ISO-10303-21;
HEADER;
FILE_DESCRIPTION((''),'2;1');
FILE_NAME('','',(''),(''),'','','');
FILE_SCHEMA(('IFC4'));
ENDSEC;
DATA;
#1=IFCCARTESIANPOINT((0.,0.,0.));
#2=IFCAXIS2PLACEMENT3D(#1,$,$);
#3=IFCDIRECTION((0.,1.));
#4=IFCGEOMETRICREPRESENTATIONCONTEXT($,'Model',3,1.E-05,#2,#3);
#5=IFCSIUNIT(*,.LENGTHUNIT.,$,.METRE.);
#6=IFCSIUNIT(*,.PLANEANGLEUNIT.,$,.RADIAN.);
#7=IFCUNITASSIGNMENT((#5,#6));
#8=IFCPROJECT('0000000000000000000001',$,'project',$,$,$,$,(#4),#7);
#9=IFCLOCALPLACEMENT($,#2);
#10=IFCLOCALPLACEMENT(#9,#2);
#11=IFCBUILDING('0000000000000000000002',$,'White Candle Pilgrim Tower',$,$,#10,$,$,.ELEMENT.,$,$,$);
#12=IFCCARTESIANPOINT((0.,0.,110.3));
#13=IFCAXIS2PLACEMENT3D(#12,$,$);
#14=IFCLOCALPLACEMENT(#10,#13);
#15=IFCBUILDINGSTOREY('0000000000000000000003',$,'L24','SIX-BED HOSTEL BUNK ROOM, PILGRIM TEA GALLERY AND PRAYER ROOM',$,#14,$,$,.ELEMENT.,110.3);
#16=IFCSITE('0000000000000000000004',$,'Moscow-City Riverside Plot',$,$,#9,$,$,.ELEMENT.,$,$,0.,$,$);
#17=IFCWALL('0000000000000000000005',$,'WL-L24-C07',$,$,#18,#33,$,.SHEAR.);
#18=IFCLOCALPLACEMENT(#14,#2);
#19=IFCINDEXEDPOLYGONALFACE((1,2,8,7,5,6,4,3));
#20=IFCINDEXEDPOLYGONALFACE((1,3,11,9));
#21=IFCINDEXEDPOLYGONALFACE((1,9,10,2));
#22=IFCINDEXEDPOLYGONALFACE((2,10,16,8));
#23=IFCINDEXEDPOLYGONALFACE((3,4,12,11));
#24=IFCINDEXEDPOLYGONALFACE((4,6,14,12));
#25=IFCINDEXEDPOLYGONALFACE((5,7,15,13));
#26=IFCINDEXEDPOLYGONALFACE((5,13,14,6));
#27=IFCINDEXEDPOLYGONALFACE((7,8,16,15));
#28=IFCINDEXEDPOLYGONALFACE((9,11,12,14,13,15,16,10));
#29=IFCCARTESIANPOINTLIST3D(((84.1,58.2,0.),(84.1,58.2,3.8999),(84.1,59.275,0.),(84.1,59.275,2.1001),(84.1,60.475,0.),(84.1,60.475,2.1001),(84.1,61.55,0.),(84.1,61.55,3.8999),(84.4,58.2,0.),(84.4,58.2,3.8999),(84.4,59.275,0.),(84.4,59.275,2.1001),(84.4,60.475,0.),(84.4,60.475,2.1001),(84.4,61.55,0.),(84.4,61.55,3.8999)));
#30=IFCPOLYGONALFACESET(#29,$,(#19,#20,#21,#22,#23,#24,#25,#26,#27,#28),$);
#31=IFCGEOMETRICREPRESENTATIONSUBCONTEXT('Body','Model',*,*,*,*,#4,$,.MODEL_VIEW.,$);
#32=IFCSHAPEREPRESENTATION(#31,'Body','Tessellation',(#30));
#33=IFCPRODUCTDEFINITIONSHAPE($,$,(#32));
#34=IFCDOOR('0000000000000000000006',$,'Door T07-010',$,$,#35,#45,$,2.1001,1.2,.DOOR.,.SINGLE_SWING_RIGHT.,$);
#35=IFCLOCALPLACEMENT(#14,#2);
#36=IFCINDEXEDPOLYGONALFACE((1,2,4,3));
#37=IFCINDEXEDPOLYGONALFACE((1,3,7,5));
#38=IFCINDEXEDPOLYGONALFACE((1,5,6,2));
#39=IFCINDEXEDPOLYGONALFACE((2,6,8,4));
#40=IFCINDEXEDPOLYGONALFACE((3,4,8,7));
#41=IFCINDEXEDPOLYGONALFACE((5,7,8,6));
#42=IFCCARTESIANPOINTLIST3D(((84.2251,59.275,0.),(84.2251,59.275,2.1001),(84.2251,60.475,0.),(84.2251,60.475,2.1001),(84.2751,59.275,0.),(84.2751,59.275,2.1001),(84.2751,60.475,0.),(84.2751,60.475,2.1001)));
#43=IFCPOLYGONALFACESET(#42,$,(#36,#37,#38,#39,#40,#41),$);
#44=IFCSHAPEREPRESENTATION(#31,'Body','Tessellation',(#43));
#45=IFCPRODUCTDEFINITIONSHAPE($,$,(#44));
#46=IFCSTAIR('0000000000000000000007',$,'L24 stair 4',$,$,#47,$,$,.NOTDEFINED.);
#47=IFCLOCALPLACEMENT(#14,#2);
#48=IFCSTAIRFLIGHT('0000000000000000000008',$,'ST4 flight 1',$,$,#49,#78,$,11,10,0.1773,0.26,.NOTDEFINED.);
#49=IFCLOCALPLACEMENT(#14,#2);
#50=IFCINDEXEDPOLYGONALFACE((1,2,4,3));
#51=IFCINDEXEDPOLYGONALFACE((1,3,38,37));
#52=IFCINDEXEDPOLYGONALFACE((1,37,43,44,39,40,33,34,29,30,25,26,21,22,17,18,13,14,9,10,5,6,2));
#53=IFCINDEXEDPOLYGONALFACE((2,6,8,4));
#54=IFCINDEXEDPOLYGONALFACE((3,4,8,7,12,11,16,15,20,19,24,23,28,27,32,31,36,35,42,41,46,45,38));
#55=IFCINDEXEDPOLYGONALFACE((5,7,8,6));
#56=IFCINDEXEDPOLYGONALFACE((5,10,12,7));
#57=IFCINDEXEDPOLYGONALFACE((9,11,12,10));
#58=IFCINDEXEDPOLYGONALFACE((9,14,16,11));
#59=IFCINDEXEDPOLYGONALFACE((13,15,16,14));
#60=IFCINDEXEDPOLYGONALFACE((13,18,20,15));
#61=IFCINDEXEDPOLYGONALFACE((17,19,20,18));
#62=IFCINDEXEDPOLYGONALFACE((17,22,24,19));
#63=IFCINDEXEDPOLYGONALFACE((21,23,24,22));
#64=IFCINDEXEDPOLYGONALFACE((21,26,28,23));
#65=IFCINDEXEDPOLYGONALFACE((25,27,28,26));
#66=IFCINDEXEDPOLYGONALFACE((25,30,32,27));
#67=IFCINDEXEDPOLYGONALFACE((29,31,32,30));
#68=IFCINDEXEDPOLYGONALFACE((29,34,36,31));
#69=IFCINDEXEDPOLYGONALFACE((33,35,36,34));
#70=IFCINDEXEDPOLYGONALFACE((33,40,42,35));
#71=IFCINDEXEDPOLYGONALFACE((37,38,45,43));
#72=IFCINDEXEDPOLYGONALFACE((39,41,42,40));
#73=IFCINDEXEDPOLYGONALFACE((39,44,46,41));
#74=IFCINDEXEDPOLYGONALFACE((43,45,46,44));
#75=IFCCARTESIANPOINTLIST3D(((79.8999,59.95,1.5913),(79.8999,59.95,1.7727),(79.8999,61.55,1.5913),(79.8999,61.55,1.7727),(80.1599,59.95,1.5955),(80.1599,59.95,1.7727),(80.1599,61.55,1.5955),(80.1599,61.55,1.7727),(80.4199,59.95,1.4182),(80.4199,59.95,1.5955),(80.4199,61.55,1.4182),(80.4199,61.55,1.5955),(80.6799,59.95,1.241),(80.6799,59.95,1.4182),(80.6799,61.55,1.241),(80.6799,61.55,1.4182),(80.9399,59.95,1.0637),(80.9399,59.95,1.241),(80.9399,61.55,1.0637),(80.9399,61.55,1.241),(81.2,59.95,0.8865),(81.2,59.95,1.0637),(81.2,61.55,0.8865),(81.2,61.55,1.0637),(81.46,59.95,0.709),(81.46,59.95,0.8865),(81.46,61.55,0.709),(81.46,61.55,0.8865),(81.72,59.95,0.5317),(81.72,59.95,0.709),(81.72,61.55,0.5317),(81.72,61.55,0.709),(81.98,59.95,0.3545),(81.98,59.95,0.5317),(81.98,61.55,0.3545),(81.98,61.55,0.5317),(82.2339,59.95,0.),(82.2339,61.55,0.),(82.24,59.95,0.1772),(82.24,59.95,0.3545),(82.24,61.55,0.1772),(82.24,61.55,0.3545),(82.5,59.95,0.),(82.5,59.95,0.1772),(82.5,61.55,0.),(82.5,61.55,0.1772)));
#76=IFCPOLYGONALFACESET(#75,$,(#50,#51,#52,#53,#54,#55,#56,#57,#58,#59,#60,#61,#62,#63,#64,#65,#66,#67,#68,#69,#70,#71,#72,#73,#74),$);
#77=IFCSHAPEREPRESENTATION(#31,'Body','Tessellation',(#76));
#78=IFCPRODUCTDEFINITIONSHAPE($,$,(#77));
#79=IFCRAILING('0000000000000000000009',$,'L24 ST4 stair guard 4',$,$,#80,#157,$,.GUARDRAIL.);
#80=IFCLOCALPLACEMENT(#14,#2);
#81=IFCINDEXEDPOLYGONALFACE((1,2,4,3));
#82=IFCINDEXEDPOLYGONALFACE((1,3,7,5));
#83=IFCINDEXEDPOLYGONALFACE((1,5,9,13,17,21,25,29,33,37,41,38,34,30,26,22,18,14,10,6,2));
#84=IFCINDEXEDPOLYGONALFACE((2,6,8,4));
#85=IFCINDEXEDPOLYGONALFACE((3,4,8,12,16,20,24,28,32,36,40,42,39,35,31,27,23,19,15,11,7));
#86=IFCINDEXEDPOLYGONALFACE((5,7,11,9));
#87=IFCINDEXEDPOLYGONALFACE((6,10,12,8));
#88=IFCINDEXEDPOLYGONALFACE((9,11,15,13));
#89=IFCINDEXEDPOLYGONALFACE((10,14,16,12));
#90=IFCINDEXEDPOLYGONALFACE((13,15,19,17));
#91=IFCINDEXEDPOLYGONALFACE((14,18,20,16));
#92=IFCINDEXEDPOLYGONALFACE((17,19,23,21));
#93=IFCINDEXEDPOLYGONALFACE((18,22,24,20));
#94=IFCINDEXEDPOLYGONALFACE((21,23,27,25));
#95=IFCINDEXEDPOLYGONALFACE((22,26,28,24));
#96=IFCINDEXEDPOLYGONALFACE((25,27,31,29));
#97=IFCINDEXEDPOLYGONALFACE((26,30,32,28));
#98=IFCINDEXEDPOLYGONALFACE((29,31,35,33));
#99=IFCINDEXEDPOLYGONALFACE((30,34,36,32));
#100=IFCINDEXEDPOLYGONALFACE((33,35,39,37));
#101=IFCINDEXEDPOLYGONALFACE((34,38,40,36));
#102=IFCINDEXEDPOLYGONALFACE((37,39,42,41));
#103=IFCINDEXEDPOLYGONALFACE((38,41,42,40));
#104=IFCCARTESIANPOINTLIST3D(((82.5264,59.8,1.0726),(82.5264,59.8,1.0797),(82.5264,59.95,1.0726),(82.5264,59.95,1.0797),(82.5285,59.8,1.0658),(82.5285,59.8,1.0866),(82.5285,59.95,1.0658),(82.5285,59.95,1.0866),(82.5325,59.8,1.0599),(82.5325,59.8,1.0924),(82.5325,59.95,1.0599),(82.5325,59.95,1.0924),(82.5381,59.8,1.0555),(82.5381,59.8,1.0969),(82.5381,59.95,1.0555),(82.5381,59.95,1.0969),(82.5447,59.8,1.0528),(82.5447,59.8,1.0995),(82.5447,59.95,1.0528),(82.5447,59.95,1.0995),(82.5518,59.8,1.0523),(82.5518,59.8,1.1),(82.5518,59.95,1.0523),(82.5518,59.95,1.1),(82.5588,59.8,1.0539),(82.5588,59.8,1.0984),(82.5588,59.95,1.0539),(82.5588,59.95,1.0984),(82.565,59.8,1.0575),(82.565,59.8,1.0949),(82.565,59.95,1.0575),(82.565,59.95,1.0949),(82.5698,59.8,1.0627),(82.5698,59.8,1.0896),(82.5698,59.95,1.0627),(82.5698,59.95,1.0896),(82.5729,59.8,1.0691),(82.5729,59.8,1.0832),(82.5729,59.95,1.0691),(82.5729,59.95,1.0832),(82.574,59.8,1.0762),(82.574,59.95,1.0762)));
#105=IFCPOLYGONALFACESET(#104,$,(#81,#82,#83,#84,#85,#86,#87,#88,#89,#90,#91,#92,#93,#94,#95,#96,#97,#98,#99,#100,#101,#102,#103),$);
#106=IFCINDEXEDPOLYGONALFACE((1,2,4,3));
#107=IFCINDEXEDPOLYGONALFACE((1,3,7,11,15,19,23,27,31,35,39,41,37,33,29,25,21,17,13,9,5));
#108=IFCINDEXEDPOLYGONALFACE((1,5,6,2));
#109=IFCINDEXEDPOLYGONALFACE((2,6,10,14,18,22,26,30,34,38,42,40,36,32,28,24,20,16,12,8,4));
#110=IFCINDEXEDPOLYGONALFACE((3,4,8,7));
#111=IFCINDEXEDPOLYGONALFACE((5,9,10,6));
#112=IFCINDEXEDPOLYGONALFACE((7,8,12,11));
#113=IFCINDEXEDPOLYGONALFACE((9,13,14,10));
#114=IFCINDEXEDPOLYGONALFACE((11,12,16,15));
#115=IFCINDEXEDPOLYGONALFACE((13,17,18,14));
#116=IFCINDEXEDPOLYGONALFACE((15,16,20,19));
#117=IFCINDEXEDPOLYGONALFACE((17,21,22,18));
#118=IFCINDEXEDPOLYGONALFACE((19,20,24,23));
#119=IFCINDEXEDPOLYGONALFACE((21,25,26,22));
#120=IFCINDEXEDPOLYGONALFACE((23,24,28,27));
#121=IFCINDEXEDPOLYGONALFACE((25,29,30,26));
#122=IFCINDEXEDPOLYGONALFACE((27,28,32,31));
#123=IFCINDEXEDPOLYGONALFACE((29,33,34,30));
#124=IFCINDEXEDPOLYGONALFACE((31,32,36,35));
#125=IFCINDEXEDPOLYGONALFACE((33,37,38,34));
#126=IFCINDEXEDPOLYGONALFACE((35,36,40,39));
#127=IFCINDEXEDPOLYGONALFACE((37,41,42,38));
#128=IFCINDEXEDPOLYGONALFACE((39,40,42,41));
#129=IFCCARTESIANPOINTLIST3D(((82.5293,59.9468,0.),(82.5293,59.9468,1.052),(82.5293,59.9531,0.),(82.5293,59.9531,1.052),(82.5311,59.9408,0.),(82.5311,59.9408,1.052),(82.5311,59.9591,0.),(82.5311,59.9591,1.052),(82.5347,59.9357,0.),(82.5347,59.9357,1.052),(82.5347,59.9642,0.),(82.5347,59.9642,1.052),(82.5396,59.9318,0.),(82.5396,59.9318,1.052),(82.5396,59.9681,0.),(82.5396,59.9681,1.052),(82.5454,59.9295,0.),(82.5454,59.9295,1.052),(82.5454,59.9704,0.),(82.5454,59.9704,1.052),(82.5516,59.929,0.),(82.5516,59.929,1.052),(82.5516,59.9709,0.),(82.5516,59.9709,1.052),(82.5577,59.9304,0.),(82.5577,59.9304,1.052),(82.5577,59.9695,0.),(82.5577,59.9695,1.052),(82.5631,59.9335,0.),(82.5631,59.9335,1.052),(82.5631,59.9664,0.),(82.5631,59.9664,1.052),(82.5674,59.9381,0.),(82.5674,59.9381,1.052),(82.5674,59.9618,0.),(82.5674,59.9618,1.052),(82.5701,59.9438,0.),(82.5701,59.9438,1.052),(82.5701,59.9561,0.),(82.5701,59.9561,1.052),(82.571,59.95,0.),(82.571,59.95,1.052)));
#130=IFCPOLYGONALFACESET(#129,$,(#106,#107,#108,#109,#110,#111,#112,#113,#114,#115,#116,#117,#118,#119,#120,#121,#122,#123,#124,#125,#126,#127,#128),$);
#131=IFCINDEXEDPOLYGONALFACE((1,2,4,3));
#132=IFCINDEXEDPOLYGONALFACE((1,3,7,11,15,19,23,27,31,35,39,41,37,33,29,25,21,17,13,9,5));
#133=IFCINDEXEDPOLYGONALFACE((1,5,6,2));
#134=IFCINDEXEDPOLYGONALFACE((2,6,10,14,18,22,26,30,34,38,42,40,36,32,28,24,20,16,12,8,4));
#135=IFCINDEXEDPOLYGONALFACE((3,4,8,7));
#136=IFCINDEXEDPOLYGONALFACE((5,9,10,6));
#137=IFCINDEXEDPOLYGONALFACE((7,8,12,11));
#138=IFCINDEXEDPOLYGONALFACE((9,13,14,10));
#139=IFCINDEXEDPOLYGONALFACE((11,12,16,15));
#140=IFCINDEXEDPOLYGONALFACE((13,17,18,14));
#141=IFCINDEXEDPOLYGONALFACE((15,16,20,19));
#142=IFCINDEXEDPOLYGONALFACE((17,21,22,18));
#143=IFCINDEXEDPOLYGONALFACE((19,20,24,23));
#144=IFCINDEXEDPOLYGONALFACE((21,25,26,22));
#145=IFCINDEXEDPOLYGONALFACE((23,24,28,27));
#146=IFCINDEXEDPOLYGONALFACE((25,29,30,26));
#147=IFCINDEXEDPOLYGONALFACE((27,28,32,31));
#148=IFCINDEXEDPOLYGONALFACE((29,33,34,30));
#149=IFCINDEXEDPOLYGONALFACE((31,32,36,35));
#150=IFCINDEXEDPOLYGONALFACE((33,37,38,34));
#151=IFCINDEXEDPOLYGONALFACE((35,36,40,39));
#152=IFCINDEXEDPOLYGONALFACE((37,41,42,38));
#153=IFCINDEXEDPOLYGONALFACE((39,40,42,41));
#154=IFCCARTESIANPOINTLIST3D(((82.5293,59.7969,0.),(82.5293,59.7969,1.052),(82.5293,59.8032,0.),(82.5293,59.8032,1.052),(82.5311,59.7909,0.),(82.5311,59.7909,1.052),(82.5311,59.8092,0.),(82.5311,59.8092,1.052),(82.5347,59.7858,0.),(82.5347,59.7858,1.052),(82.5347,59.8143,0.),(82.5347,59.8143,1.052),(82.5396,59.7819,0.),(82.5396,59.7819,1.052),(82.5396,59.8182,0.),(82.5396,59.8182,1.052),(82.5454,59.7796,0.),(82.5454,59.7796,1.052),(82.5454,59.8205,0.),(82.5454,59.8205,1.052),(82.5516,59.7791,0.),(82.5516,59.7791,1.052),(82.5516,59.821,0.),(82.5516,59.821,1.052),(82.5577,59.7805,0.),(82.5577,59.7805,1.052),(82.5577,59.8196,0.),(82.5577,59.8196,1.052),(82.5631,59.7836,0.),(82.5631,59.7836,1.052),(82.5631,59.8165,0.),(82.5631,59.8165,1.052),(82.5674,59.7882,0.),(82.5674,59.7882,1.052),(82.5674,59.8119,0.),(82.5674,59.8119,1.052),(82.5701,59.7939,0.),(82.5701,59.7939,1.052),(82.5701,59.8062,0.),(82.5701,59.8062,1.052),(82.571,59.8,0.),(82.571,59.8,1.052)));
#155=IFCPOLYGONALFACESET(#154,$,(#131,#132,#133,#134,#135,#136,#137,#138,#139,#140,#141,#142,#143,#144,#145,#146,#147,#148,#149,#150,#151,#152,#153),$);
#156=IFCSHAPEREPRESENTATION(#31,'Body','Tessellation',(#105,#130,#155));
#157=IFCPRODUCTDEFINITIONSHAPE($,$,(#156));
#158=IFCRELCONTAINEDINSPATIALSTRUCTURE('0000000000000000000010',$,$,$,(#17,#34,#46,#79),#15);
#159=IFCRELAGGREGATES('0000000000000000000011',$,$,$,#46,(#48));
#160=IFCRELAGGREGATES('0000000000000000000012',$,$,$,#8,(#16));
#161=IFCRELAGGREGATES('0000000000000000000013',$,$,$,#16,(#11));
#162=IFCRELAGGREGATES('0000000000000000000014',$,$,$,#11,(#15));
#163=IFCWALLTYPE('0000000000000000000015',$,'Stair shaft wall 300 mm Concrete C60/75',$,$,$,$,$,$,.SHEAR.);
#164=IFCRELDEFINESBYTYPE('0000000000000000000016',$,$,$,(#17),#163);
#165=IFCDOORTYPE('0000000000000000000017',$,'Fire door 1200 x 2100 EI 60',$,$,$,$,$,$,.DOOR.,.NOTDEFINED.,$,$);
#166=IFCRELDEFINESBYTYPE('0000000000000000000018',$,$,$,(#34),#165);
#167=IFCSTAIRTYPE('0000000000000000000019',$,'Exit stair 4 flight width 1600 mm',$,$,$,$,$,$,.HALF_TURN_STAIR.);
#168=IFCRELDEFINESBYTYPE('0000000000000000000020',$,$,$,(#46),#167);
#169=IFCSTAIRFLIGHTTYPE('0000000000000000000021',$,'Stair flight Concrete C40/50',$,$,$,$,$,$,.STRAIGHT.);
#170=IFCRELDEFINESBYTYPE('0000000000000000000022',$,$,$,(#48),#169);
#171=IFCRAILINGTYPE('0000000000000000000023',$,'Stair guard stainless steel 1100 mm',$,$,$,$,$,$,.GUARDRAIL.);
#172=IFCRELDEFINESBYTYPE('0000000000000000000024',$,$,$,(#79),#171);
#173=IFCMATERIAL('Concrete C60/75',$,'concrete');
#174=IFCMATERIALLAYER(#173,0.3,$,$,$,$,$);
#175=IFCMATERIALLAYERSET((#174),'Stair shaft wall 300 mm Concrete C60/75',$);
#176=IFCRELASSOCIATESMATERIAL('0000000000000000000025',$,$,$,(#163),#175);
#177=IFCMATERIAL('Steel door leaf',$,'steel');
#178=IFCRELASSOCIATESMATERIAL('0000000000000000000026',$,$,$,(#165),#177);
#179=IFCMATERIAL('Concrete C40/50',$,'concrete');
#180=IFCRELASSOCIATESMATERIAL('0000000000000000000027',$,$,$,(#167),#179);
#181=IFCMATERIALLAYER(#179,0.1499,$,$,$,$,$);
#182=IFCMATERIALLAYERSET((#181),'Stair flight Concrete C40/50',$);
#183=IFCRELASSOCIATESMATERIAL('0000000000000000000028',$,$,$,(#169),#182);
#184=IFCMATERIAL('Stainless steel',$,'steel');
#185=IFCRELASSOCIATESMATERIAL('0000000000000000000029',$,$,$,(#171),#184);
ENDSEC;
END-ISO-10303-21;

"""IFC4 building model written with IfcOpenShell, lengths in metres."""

from ifc_helpers import new_model, si_unit, direction, frame, frame_2d, origin, origin_2d, place, context, subcontext, project, spatial, polyline, rectangle, circle, outline, extrude, material, layer, layer_set, type_object, element, fill, aggregate, save


model = new_model("IFC4")

# Units and contexts
model_context = context("Model", 3, precision=1e-05, world=origin(), true_north=direction((0.0, 1.0)))
body_context = subcontext(model_context, "Body", "Model", "MODEL_VIEW")
ifc_project = project(units=[si_unit("LENGTHUNIT", "METRE"), si_unit("PLANEANGLEUNIT", "RADIAN")], contexts=[model_context])

# Site, building, storey
site_placement = place(None, origin())
site = spatial("IfcSite", under=ifc_project, at=site_placement, Name="Moscow-City Riverside Plot", CompositionType="ELEMENT", RefElevation=0.0)
building_placement = place(site_placement, origin())
building = spatial("IfcBuilding", under=site, at=building_placement, Name="White Candle Pilgrim Tower", CompositionType="ELEMENT")
storey_placement = place(building_placement, frame((0.0, 0.0, 110.3)))
storey = spatial("IfcBuildingStorey", under=building, at=storey_placement, Name="L24", Description="SIX-BED HOSTEL BUNK ROOM, PILGRIM TEA GALLERY AND PRAYER ROOM", CompositionType="ELEMENT", Elevation=110.3)

# Shared definitions
ifc_material_1 = material(Name="Concrete C60/75", Category="concrete")

# Shared definitions
ifc_material_2 = material(Name="Steel door leaf", Category="steel")

# Wall, opening, door
ifc_layer_1 = layer(ifc_material_1, 0.3)
ifc_layer_set_1 = layer_set([ifc_layer_1], Name="Stair shaft wall 300 mm Concrete C60/75")
wall_type_1 = type_object("IfcWallType", Name="Stair shaft wall 300 mm Concrete C60/75", PredefinedType="SHEAR", material=ifc_layer_set_1)
wall_1_placement = place(storey_placement, frame((84.25, 58.2, 0.0), z_axis=(0.0, 0.0, 1.0), x_axis=(0.0, 1.0, 0.0)))
wall_1 = element("IfcWall", 1, at=wall_1_placement, inside=storey, type_object=wall_type_1, Name="WL-L24-C07", PredefinedType="SHEAR", context=body_context, shape_type="SweptSolid", body=[
    extrude(rectangle(XDim=3.3501, YDim=0.3, at=frame_2d((1.675, 0.0))), origin(), (0.0, 0.0, 1.0), 3.8999),
])
opening_1_placement = place(wall_1_placement, frame((1.075, 0.0, 0.0)))
opening_1 = element("IfcOpeningElement", 2, at=opening_1_placement, cuts=wall_1, PredefinedType="OPENING", context=body_context, shape_type="SweptSolid", body=[
    extrude(rectangle(XDim=1.2, YDim=2.1001, at=frame_2d((0.6001, 1.05))), frame((0.0, 0.1599, 0.0), z_axis=(0.0, -1.0, 0.0), x_axis=(1.0, 0.0, 0.0)), (0.0, 0.0, 1.0), 0.3201),
])
door_type_1 = type_object("IfcDoorType", Name="Fire door 1200 x 2100 EI 60", OperationType="NOTDEFINED", PredefinedType="DOOR", material=ifc_material_2)
door_1_placement = place(opening_1_placement, origin())
door_1 = element("IfcDoor", 3, at=door_1_placement, inside=storey, type_object=door_type_1, Name="Door T07-010", OperationType="SINGLE_SWING_RIGHT", OverallHeight=2.1001, OverallWidth=1.2, PredefinedType="DOOR", context=body_context, shape_type="SweptSolid", body=[
    extrude(rectangle(XDim=1.2, YDim=2.1001, at=frame_2d((0.6001, 1.05))), frame((0.0, 0.0249, 0.0), z_axis=(0.0, -1.0, 0.0), x_axis=(1.0, 0.0, 0.0)), (0.0, 0.0, 1.0), 0.05),
])
fill(opening_1, door_1)

# Stair, stair flight
ifc_material_3 = material(Name="Concrete C40/50", Category="concrete")
stair_type = type_object("IfcStairType", Name="Exit stair 4 flight width 1600 mm", PredefinedType="HALF_TURN_STAIR", material=ifc_material_3)
stair_placement = place(storey_placement, origin())
stair = element("IfcStair", 4, at=stair_placement, inside=storey, type_object=stair_type, Name="L24 stair 4", PredefinedType="NOTDEFINED")
ifc_layer_2 = layer(ifc_material_3, 0.1499)
ifc_layer_set_2 = layer_set([ifc_layer_2], Name="Stair flight Concrete C40/50")
stair_flight_type = type_object("IfcStairFlightType", Name="Stair flight Concrete C40/50", PredefinedType="STRAIGHT", material=ifc_layer_set_2)
stair_flight_placement = place(storey_placement, frame((82.5, 60.75, 0.0), z_axis=(0.0, 0.0, 1.0), x_axis=(-1.0, 0.0, 0.0)))
stair_flight = element("IfcStairFlight", 5, at=stair_flight_placement, type_object=stair_flight_type, Name="ST4 flight 1", NumberOfRisers=11, NumberOfTreads=10, PredefinedType="NOTDEFINED", RiserHeight=0.1773, TreadLength=0.26, context=body_context, shape_type="SweptSolid", body=[
    extrude(outline(polyline([(0.0, 0.0), (0.0, 0.1772), (0.26, 0.1772), (0.26, 0.3545), (0.52, 0.3545), (0.52, 0.5317), (0.78, 0.5317), (0.78, 0.709), (1.04, 0.709), (1.04, 0.8865), (1.3, 0.8865), (1.3, 1.0637), (1.5601, 1.0637), (1.5601, 1.241), (1.8201, 1.241), (1.8201, 1.4182), (2.0801, 1.4182), (2.0801, 1.5955), (2.3401, 1.5955), (2.3401, 1.7727), (2.6001, 1.7727), (2.6001, 1.95), (2.6001, 1.5913), (0.2661, 0.0), (0.0, 0.0)])), frame((0.0, 0.8, 0.0), z_axis=(0.0, -1.0, 0.0), x_axis=(1.0, 0.0, 0.0)), (0.0, 0.0, 1.0), 1.6001),
])
aggregate(stair, [stair_flight])

# Railing
ifc_material_4 = material(Name="Stainless steel", Category="steel")
railing_type_1 = type_object("IfcRailingType", Name="Stair guard stainless steel 1100 mm", PredefinedType="GUARDRAIL", material=ifc_material_4)
railing_1_placement = place(storey_placement, frame((82.55, 59.95, 0.0)))
element("IfcRailing", 6, at=railing_1_placement, inside=storey, type_object=railing_type_1, Name="L24 ST4 stair guard 4", PredefinedType="GUARDRAIL", context=body_context, shape_type="SweptSolid", body=[
    extrude(circle(Radius=0.0239, at=origin_2d()), frame((0.0, 0.0, 1.0762), z_axis=(0.0, -1.0, 0.0), x_axis=(1.0, 0.0, 0.0)), (0.0, 0.0, 1.0), 0.1499),
    extrude(circle(Radius=0.021, at=origin_2d()), origin(), (0.0, 0.0, 1.0), 1.052),
    extrude(circle(Radius=0.021, at=origin_2d()), frame((0.0, -0.1499, 0.0)), (0.0, 0.0, 1.0), 1.052),
])

save(model, "model.ifc")
